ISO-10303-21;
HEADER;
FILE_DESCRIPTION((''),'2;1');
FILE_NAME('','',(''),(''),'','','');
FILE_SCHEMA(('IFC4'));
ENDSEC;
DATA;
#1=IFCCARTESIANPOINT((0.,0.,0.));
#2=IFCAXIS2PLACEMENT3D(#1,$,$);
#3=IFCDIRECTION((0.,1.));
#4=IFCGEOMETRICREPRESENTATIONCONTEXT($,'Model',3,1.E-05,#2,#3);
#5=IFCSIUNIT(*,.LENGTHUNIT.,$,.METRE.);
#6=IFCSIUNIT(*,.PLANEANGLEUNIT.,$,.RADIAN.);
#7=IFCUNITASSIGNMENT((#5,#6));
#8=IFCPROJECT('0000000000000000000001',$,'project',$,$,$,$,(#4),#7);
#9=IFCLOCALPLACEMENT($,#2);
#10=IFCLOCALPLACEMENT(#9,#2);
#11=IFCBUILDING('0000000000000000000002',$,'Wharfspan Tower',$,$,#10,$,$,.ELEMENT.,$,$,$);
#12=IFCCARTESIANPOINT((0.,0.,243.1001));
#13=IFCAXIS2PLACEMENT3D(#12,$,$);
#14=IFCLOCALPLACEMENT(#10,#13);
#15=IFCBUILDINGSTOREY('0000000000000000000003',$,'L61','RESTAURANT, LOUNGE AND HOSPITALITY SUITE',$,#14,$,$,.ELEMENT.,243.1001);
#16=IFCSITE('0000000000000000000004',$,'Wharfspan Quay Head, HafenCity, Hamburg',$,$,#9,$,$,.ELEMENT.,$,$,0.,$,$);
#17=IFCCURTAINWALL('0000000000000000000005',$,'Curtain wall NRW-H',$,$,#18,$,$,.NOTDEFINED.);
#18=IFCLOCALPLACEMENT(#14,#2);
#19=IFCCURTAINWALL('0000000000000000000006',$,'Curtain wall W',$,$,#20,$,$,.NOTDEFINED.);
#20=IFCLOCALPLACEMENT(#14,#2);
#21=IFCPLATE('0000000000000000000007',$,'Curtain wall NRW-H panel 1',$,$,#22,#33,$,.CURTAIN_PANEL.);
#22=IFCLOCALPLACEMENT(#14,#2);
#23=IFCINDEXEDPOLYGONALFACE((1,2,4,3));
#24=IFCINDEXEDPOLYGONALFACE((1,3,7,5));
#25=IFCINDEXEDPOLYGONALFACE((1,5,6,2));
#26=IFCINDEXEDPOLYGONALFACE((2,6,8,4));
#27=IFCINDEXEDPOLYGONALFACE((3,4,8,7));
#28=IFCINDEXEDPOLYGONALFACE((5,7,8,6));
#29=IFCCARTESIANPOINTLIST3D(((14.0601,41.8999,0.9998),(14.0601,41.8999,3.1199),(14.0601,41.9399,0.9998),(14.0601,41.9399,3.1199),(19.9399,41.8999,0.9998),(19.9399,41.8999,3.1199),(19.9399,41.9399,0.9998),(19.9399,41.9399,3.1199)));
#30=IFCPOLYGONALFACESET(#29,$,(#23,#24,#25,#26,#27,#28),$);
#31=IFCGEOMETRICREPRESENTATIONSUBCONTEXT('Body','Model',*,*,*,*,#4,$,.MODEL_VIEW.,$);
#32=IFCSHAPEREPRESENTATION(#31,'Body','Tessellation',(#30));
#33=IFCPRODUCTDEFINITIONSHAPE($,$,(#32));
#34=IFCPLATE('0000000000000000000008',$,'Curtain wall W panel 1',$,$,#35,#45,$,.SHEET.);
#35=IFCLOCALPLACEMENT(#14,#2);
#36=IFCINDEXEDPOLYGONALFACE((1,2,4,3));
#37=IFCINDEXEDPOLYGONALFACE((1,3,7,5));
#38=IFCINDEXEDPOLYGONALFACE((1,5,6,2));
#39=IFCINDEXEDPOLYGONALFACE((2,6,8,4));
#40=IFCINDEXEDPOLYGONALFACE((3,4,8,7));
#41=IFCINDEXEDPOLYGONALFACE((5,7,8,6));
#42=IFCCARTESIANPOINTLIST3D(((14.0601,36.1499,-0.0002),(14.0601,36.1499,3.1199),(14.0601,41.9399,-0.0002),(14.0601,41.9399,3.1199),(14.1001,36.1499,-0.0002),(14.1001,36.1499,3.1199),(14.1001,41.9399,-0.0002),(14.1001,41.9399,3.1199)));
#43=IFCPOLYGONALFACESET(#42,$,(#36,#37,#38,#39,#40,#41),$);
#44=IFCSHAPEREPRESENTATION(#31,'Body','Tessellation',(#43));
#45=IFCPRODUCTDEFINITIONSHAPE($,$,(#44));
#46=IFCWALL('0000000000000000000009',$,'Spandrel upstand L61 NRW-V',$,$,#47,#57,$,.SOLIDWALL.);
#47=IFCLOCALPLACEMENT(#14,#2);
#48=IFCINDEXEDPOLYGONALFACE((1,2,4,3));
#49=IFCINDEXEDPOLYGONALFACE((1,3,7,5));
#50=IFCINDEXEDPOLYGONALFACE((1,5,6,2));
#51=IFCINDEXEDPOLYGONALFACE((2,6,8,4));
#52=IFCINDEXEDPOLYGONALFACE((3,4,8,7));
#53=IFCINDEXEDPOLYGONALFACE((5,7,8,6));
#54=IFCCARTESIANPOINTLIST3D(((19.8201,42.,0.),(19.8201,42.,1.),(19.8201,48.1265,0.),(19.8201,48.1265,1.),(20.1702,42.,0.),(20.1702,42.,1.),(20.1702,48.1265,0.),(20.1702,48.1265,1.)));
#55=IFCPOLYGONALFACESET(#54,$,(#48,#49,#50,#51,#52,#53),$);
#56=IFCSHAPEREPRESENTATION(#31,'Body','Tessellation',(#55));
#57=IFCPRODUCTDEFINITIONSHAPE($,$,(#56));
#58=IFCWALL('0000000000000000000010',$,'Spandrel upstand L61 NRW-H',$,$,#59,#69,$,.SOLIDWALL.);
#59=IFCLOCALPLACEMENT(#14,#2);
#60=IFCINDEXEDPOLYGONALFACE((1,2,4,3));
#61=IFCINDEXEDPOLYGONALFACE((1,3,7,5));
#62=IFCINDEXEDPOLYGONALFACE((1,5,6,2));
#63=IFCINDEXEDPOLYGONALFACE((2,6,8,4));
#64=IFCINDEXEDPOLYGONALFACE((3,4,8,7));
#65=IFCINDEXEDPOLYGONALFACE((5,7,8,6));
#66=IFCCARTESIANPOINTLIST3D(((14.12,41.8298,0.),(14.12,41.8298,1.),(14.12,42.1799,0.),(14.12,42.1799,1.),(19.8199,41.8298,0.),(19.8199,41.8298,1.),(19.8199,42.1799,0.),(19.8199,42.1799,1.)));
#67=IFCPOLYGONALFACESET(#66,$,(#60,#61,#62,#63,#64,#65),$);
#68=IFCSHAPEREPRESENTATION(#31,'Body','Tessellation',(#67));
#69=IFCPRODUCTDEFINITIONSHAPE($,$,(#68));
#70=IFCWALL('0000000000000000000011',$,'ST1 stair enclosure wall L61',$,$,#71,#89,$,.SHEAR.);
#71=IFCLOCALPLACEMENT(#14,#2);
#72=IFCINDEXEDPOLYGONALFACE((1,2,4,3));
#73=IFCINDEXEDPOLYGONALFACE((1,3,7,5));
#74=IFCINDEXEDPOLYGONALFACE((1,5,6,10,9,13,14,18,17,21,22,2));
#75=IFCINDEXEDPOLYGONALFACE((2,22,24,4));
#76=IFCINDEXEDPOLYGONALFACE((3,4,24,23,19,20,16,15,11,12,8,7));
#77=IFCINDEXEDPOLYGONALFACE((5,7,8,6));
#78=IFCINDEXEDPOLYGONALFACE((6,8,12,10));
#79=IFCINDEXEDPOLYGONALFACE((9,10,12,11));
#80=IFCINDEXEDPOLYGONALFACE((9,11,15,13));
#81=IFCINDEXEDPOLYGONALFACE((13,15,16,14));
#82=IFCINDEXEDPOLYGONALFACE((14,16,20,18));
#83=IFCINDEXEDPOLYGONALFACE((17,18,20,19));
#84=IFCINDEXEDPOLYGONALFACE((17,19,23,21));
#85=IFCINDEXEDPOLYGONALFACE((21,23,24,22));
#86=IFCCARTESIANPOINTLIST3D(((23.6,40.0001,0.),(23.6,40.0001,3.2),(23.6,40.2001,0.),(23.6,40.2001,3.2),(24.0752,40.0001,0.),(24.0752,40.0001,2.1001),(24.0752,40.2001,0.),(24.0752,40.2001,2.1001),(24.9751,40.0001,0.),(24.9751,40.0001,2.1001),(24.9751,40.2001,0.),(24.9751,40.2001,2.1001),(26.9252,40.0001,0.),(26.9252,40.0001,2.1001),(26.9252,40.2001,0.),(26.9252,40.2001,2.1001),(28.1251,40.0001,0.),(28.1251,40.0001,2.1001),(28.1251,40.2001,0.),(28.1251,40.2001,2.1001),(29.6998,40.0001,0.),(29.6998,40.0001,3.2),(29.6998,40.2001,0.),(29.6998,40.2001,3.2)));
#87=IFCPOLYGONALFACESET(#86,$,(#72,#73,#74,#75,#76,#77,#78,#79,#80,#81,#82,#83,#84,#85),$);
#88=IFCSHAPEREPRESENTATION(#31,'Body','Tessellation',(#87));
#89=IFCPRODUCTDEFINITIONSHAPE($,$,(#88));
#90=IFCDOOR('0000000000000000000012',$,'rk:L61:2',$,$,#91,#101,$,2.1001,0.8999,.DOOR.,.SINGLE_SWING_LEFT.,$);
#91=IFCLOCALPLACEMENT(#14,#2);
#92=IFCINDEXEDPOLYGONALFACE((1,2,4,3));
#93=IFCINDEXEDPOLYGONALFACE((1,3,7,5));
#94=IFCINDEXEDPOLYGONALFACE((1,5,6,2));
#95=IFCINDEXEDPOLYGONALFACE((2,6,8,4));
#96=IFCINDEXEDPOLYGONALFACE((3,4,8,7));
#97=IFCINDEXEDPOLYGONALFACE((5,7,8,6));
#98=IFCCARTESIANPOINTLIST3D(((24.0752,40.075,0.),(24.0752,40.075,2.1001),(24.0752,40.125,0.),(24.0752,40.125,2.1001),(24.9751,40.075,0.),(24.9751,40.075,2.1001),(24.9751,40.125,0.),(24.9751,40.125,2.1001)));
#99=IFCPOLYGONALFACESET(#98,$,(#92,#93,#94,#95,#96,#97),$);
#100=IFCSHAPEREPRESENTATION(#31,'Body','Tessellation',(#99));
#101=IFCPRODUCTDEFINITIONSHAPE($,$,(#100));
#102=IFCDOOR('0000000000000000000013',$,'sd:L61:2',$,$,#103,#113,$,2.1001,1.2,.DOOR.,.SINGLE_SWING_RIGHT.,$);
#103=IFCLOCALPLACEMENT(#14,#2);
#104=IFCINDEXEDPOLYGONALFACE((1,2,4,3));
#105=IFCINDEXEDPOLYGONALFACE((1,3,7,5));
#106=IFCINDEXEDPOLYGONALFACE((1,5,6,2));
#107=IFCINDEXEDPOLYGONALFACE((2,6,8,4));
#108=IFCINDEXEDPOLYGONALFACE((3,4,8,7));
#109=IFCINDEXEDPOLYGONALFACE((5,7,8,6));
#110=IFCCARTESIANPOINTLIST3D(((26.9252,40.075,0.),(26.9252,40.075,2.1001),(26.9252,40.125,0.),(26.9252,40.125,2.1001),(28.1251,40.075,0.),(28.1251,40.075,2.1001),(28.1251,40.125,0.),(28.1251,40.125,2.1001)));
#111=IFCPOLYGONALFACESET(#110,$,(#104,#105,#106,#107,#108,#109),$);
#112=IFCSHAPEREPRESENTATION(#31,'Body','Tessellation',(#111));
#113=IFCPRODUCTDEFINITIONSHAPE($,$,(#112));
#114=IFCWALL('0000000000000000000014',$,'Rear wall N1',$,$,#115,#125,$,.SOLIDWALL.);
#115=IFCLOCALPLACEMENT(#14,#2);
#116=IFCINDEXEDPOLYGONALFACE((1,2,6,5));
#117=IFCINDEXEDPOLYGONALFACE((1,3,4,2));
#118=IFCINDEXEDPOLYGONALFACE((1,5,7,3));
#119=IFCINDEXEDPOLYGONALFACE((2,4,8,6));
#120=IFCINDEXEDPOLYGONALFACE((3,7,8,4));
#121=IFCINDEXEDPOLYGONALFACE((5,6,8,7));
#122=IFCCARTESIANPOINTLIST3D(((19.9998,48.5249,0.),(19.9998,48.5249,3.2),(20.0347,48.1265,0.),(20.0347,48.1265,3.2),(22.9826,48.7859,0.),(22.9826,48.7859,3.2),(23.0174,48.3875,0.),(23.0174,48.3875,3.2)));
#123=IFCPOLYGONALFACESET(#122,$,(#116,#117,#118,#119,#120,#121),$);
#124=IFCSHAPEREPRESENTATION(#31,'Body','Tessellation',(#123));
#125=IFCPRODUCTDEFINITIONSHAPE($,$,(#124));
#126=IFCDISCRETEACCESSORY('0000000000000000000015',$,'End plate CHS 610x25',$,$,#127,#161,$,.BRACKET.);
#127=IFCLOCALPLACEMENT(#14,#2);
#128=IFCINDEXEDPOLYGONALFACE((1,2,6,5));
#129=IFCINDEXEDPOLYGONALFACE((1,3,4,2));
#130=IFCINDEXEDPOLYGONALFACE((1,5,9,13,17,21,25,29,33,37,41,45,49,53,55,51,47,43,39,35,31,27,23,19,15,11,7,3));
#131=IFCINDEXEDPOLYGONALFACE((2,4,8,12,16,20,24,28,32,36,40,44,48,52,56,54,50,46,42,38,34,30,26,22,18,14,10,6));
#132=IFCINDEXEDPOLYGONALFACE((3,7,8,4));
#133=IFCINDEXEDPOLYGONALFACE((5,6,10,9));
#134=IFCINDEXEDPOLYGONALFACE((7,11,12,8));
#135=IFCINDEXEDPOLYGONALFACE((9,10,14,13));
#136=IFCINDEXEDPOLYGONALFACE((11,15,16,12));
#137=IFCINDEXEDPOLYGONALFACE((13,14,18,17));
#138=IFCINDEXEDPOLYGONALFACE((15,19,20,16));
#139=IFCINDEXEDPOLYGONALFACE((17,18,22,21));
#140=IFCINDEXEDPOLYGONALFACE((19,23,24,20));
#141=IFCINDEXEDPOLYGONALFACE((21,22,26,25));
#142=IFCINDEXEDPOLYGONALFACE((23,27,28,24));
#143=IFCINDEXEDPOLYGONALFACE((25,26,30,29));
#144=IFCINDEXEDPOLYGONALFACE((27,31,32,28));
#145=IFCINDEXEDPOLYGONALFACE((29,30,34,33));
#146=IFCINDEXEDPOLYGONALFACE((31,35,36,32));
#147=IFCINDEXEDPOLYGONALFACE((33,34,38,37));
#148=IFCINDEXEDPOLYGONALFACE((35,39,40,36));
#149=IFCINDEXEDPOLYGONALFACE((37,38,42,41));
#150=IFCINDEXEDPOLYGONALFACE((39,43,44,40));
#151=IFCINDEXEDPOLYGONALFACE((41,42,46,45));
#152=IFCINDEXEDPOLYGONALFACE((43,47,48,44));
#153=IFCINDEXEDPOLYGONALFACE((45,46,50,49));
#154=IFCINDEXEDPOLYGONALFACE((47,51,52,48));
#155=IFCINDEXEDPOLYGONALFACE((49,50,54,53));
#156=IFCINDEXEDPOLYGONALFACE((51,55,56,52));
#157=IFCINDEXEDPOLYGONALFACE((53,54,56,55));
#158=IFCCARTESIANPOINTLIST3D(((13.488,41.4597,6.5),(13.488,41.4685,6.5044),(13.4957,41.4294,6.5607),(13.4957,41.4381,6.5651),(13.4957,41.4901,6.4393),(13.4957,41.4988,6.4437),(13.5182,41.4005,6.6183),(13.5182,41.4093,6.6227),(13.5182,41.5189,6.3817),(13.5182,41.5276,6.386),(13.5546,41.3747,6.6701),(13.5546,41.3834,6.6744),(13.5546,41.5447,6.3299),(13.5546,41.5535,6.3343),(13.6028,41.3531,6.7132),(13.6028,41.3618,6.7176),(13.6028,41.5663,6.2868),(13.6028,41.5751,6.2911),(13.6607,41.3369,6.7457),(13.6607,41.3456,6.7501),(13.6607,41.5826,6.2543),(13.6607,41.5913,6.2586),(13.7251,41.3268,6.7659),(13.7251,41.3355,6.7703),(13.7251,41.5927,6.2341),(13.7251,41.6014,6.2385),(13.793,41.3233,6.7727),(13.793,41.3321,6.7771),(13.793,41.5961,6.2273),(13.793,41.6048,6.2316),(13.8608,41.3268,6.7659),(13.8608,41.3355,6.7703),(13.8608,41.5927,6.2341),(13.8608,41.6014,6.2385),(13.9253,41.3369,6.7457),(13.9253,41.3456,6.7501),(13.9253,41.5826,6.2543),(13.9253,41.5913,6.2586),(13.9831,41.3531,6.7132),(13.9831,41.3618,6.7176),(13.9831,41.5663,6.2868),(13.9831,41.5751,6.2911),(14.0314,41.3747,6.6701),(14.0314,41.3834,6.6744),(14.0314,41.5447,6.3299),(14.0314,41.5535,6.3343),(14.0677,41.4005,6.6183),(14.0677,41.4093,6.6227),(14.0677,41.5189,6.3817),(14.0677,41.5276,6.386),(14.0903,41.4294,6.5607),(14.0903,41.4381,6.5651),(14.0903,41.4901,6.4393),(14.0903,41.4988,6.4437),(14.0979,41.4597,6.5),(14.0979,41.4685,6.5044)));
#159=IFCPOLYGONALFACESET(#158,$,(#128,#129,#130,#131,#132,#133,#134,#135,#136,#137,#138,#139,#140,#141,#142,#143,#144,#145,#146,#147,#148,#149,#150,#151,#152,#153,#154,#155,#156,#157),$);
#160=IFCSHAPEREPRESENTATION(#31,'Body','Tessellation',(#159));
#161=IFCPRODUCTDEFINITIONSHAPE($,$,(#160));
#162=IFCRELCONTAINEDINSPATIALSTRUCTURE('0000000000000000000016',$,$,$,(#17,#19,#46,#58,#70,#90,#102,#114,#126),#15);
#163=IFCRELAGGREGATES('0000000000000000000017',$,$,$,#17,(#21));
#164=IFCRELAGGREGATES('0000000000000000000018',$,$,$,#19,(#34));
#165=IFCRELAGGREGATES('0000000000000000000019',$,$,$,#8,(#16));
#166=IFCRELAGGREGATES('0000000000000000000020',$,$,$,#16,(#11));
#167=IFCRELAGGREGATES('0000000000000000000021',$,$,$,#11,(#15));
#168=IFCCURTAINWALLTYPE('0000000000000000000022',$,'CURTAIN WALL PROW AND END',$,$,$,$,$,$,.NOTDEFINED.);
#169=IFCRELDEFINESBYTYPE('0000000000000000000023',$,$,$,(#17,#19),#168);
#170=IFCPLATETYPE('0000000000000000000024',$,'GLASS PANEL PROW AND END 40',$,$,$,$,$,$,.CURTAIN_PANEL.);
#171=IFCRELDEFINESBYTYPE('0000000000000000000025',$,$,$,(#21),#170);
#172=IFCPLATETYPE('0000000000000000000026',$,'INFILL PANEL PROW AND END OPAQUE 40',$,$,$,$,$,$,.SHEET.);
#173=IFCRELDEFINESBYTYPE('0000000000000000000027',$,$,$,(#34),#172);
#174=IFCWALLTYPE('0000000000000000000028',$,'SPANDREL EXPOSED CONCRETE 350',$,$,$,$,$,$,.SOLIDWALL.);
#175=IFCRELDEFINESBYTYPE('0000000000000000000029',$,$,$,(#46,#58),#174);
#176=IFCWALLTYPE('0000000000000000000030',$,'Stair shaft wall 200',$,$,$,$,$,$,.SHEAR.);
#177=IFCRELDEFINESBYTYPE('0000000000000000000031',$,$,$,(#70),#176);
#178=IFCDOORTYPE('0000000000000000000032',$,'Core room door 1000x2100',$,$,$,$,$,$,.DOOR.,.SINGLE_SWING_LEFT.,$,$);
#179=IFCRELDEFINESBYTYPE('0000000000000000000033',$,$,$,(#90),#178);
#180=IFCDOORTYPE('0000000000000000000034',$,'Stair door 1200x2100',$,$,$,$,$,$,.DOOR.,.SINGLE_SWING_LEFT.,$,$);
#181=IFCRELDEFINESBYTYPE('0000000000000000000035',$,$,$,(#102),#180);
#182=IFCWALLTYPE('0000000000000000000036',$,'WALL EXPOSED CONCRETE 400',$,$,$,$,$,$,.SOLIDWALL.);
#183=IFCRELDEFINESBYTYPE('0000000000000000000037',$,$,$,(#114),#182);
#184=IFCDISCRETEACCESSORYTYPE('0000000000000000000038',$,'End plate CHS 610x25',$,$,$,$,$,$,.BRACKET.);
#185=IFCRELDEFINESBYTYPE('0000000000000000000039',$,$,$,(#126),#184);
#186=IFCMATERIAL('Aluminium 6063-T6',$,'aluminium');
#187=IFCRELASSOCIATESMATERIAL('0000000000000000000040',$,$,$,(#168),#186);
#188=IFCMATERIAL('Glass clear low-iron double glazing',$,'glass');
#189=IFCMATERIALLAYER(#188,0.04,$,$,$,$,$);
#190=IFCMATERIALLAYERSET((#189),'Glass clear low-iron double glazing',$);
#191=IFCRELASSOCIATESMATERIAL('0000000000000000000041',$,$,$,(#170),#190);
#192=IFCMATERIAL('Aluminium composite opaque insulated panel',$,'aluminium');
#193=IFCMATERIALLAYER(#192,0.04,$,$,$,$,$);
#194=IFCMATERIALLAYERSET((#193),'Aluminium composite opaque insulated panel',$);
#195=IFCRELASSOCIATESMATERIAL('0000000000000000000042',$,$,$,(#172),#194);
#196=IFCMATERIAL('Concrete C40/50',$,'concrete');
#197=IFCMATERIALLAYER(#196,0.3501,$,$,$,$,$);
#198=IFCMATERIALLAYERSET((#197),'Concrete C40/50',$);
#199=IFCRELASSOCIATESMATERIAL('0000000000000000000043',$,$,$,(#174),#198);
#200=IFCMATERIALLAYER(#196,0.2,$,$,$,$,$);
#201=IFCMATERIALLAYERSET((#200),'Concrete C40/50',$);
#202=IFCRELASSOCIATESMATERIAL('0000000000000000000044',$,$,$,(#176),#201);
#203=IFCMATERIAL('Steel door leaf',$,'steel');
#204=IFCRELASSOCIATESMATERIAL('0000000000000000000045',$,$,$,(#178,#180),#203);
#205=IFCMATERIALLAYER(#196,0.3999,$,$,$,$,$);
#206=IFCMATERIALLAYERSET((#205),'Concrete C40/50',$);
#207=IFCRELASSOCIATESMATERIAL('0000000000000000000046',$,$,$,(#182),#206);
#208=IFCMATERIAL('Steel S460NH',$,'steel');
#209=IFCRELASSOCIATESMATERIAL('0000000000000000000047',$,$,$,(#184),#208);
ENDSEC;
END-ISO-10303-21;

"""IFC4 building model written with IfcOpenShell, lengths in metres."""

from ifc_helpers import new_model, si_unit, direction, frame, frame_2d, origin, origin_2d, place, context, subcontext, project, spatial, rectangle, circle, extrude, material, layer, layer_set, material_profile, profile_set, type_object, element, fill, aggregate, save


model = new_model("IFC4")

# Units and contexts
model_context = context("Model", 3, precision=1e-05, world=origin(), true_north=direction((0.0, 1.0)))
body_context = subcontext(model_context, "Body", "Model", "MODEL_VIEW")
ifc_project = project(units=[si_unit("LENGTHUNIT", "METRE"), si_unit("PLANEANGLEUNIT", "RADIAN")], contexts=[model_context])

# Site, building, storey
site_placement = place(None, origin())
site = spatial("IfcSite", under=ifc_project, at=site_placement, Name="Wharfspan Quay Head, HafenCity, Hamburg", CompositionType="ELEMENT", RefElevation=0.0)
building_placement = place(site_placement, origin())
building = spatial("IfcBuilding", under=site, at=building_placement, Name="Wharfspan Tower", CompositionType="ELEMENT")
storey_placement = place(building_placement, frame((0.0, 0.0, 243.1001)))
storey = spatial("IfcBuildingStorey", under=building, at=storey_placement, Name="L61", Description="RESTAURANT, LOUNGE AND HOSPITALITY SUITE", CompositionType="ELEMENT", Elevation=243.1001)

# Curtain walls
ifc_material_1 = material(Name="Aluminium 6063-T6", Category="aluminium")
curtain_wall_type = type_object("IfcCurtainWallType", Name="CURTAIN WALL PROW AND END", PredefinedType="NOTDEFINED", material=ifc_material_1)
curtain_wall_1_placement = place(storey_placement, origin())
curtain_wall_1 = element("IfcCurtainWall", 1, at=curtain_wall_1_placement, inside=storey, type_object=curtain_wall_type, Name="Curtain wall NRW-H", PredefinedType="NOTDEFINED")
curtain_wall_2_placement = place(storey_placement, origin())
curtain_wall_2 = element("IfcCurtainWall", 2, at=curtain_wall_2_placement, inside=storey, type_object=curtain_wall_type, Name="Curtain wall W", PredefinedType="NOTDEFINED")

# Shared definitions
ifc_material_2 = material(Name="Steel S460NH", Category="steel")

# Plates
ifc_material_3 = material(Name="Glass clear low-iron double glazing", Category="glass")
ifc_layer_1 = layer(ifc_material_3, 0.04)
ifc_layer_set_1 = layer_set([ifc_layer_1], Name="Glass clear low-iron double glazing")
plate_type_1 = type_object("IfcPlateType", Name="GLASS PANEL PROW AND END 40", PredefinedType="CURTAIN_PANEL", material=ifc_layer_set_1)
plate_1_placement = place(storey_placement, frame((17.0, 41.9199, 0.9998), z_axis=(0.0, 0.0, 1.0), x_axis=(-1.0, 0.0, 0.0)))
plate_1 = element("IfcPlate", 3, at=plate_1_placement, type_object=plate_type_1, Name="Curtain wall NRW-H panel 1", PredefinedType="CURTAIN_PANEL", context=body_context, shape_type="SweptSolid", body=[
    extrude(rectangle(XDim=5.8799, YDim=0.04, at=origin_2d()), origin(), (0.0, 0.0, 1.0), 2.1201),
])
aggregate(curtain_wall_1, [plate_1])
ifc_material_4 = material(Name="Aluminium composite opaque insulated panel", Category="aluminium")
ifc_layer_2 = layer(ifc_material_4, 0.04)
ifc_layer_set_2 = layer_set([ifc_layer_2], Name="Aluminium composite opaque insulated panel")
plate_type_2 = type_object("IfcPlateType", Name="INFILL PANEL PROW AND END OPAQUE 40", PredefinedType="SHEET", material=ifc_layer_set_2)
plate_2_placement = place(storey_placement, frame((14.0801, 39.0449, -0.0002), z_axis=(0.0, 0.0, 1.0), x_axis=(0.0, -1.0, 0.0)))
plate_2 = element("IfcPlate", 4, at=plate_2_placement, type_object=plate_type_2, Name="Curtain wall W panel 1", PredefinedType="SHEET", context=body_context, shape_type="SweptSolid", body=[
    extrude(rectangle(XDim=5.79, YDim=0.04, at=origin_2d()), origin(), (0.0, 0.0, 1.0), 3.1201),
])
aggregate(curtain_wall_2, [plate_2])

# Walls
ifc_material_5 = material(Name="Concrete C40/50", Category="concrete")
ifc_layer_3 = layer(ifc_material_5, 0.3501)
ifc_layer_set_3 = layer_set([ifc_layer_3], Name="Concrete C40/50")
wall_type_1 = type_object("IfcWallType", Name="SPANDREL EXPOSED CONCRETE 350", PredefinedType="SOLIDWALL", material=ifc_layer_set_3)
wall_1_placement = place(storey_placement, frame((19.9951, 48.1265, 0.0), z_axis=(0.0, 0.0, 1.0), x_axis=(0.0, -1.0, 0.0)))
element("IfcWall", 5, at=wall_1_placement, inside=storey, type_object=wall_type_1, Name="Spandrel upstand L61 NRW-V", PredefinedType="SOLIDWALL", context=body_context, shape_type="SweptSolid", body=[
    extrude(rectangle(XDim=6.1265, YDim=0.3501, at=frame_2d((3.0632, 0.0))), origin(), (0.0, 0.0, 1.0), 1.0),
])
wall_2_placement = place(storey_placement, frame((19.8201, 42.0049, 0.0), z_axis=(0.0, 0.0, 1.0), x_axis=(-1.0, 0.0, 0.0)))
element("IfcWall", 6, at=wall_2_placement, inside=storey, type_object=wall_type_1, Name="Spandrel upstand L61 NRW-H", PredefinedType="SOLIDWALL", context=body_context, shape_type="SweptSolid", body=[
    extrude(rectangle(XDim=5.7, YDim=0.3501, at=frame_2d((2.8501, 0.0))), origin(), (0.0, 0.0, 1.0), 1.0),
])

# Wall, openings, doors
ifc_layer_4 = layer(ifc_material_5, 0.2)
ifc_layer_set_4 = layer_set([ifc_layer_4], Name="Concrete C40/50")
wall_type_2 = type_object("IfcWallType", Name="Stair shaft wall 200", PredefinedType="SHEAR", material=ifc_layer_set_4)
wall_3_placement = place(storey_placement, frame((23.6001, 40.1001, 0.0), z_axis=(0.0, 0.0, 1.0), x_axis=(1.0, 0.0, 0.0)))
wall_3 = element("IfcWall", 7, at=wall_3_placement, inside=storey, type_object=wall_type_2, Name="ST1 stair enclosure wall L61", PredefinedType="SHEAR", context=body_context, shape_type="SweptSolid", body=[
    extrude(rectangle(XDim=6.0999, YDim=0.2, at=frame_2d((3.0498, 0.0))), origin(), (0.0, 0.0, 1.0), 3.2),
])
opening_1_placement = place(wall_3_placement, frame((3.325, 0.0, 0.0)))
opening_1 = element("IfcOpeningElement", 8, at=opening_1_placement, cuts=wall_3, PredefinedType="OPENING", context=body_context, shape_type="SweptSolid", body=[
    extrude(rectangle(XDim=1.2, YDim=2.1001, at=frame_2d((0.6001, 1.05))), frame((0.0, 0.1099, 0.0), z_axis=(0.0, -1.0, 0.0), x_axis=(1.0, 0.0, 0.0)), (0.0, 0.0, 1.0), 0.22),
])
opening_2_placement = place(wall_3_placement, frame((0.4751, 0.0, 0.0)))
opening_2 = element("IfcOpeningElement", 9, at=opening_2_placement, cuts=wall_3, PredefinedType="OPENING", context=body_context, shape_type="SweptSolid", body=[
    extrude(rectangle(XDim=0.8999, YDim=2.1001, at=frame_2d((0.45, 1.05))), frame((0.0, 0.1099, 0.0), z_axis=(0.0, -1.0, 0.0), x_axis=(1.0, 0.0, 0.0)), (0.0, 0.0, 1.0), 0.22),
])
ifc_material_6 = material(Name="Steel door leaf", Category="steel")
door_type_1 = type_object("IfcDoorType", Name="Core room door 1000x2100", OperationType="SINGLE_SWING_LEFT", PredefinedType="DOOR", material=ifc_material_6)
door_1_placement = place(opening_2_placement, origin())
door_1 = element("IfcDoor", 10, at=door_1_placement, inside=storey, type_object=door_type_1, Name="rk:L61:2", OperationType="SINGLE_SWING_LEFT", OverallHeight=2.1001, OverallWidth=0.8999, PredefinedType="DOOR", context=body_context, shape_type="SweptSolid", body=[
    extrude(rectangle(XDim=0.8999, YDim=2.1001, at=frame_2d((0.45, 1.05))), frame((0.0, 0.0249, 0.0), z_axis=(0.0, -1.0, 0.0), x_axis=(1.0, 0.0, 0.0)), (0.0, 0.0, 1.0), 0.05),
])
fill(opening_2, door_1)
door_type_2 = type_object("IfcDoorType", Name="Stair door 1200x2100", OperationType="SINGLE_SWING_LEFT", PredefinedType="DOOR", material=ifc_material_6)
door_2_placement = place(opening_1_placement, origin())
door_2 = element("IfcDoor", 11, at=door_2_placement, inside=storey, type_object=door_type_2, Name="sd:L61:2", OperationType="SINGLE_SWING_RIGHT", OverallHeight=2.1001, OverallWidth=1.2, PredefinedType="DOOR", context=body_context, shape_type="SweptSolid", body=[
    extrude(rectangle(XDim=1.2, YDim=2.1001, at=frame_2d((0.6001, 1.05))), frame((0.0, 0.0249, 0.0), z_axis=(0.0, -1.0, 0.0), x_axis=(1.0, 0.0, 0.0)), (0.0, 0.0, 1.0), 0.05),
])
fill(opening_1, door_2)

# Wall
ifc_layer_5 = layer(ifc_material_5, 0.3999)
ifc_layer_set_5 = layer_set([ifc_layer_5], Name="Concrete C40/50")
wall_type_3 = type_object("IfcWallType", Name="WALL EXPOSED CONCRETE 400", PredefinedType="SOLIDWALL", material=ifc_layer_set_5)
wall_4_placement = place(storey_placement, frame((23.0, 48.5867, 0.0), z_axis=(0.0, 0.0, 1.0), x_axis=(-0.996194, -0.087168, 0.0)))
element("IfcWall", 12, at=wall_4_placement, inside=storey, type_object=wall_type_3, Name="Rear wall N1", PredefinedType="SOLIDWALL", context=body_context, shape_type="SweptSolid", body=[
    extrude(rectangle(XDim=2.9941, YDim=0.3999, at=frame_2d((1.4971, 0.0))), origin(), (0.0, 0.0, 1.0), 3.2),
])

# Discrete accessory
ifc_material_profile_1 = material_profile(ifc_material_2, circle(Radius=0.3049, at=origin_2d()))
ifc_profile_set_1 = profile_set([ifc_material_profile_1], Name="Steel S460NH")
discrete_accessory_type = type_object("IfcDiscreteAccessoryType", Name="End plate CHS 610x25", PredefinedType="BRACKET", material=ifc_profile_set_1)
discrete_accessory_placement = place(storey_placement, frame((13.793, 41.4597, 6.5), z_axis=(0.0, 0.894427, 0.447214), x_axis=(-1.0, 0.0, 0.0)))
element("IfcDiscreteAccessory", 13, at=discrete_accessory_placement, inside=storey, type_object=discrete_accessory_type, Name="End plate CHS 610x25", PredefinedType="BRACKET", context=body_context, shape_type="SweptSolid", body=[
    extrude(circle(Radius=0.3049, at=origin_2d()), origin(), (0.0, 0.0, 1.0), 0.0098),
])

save(model, "model.ifc")
